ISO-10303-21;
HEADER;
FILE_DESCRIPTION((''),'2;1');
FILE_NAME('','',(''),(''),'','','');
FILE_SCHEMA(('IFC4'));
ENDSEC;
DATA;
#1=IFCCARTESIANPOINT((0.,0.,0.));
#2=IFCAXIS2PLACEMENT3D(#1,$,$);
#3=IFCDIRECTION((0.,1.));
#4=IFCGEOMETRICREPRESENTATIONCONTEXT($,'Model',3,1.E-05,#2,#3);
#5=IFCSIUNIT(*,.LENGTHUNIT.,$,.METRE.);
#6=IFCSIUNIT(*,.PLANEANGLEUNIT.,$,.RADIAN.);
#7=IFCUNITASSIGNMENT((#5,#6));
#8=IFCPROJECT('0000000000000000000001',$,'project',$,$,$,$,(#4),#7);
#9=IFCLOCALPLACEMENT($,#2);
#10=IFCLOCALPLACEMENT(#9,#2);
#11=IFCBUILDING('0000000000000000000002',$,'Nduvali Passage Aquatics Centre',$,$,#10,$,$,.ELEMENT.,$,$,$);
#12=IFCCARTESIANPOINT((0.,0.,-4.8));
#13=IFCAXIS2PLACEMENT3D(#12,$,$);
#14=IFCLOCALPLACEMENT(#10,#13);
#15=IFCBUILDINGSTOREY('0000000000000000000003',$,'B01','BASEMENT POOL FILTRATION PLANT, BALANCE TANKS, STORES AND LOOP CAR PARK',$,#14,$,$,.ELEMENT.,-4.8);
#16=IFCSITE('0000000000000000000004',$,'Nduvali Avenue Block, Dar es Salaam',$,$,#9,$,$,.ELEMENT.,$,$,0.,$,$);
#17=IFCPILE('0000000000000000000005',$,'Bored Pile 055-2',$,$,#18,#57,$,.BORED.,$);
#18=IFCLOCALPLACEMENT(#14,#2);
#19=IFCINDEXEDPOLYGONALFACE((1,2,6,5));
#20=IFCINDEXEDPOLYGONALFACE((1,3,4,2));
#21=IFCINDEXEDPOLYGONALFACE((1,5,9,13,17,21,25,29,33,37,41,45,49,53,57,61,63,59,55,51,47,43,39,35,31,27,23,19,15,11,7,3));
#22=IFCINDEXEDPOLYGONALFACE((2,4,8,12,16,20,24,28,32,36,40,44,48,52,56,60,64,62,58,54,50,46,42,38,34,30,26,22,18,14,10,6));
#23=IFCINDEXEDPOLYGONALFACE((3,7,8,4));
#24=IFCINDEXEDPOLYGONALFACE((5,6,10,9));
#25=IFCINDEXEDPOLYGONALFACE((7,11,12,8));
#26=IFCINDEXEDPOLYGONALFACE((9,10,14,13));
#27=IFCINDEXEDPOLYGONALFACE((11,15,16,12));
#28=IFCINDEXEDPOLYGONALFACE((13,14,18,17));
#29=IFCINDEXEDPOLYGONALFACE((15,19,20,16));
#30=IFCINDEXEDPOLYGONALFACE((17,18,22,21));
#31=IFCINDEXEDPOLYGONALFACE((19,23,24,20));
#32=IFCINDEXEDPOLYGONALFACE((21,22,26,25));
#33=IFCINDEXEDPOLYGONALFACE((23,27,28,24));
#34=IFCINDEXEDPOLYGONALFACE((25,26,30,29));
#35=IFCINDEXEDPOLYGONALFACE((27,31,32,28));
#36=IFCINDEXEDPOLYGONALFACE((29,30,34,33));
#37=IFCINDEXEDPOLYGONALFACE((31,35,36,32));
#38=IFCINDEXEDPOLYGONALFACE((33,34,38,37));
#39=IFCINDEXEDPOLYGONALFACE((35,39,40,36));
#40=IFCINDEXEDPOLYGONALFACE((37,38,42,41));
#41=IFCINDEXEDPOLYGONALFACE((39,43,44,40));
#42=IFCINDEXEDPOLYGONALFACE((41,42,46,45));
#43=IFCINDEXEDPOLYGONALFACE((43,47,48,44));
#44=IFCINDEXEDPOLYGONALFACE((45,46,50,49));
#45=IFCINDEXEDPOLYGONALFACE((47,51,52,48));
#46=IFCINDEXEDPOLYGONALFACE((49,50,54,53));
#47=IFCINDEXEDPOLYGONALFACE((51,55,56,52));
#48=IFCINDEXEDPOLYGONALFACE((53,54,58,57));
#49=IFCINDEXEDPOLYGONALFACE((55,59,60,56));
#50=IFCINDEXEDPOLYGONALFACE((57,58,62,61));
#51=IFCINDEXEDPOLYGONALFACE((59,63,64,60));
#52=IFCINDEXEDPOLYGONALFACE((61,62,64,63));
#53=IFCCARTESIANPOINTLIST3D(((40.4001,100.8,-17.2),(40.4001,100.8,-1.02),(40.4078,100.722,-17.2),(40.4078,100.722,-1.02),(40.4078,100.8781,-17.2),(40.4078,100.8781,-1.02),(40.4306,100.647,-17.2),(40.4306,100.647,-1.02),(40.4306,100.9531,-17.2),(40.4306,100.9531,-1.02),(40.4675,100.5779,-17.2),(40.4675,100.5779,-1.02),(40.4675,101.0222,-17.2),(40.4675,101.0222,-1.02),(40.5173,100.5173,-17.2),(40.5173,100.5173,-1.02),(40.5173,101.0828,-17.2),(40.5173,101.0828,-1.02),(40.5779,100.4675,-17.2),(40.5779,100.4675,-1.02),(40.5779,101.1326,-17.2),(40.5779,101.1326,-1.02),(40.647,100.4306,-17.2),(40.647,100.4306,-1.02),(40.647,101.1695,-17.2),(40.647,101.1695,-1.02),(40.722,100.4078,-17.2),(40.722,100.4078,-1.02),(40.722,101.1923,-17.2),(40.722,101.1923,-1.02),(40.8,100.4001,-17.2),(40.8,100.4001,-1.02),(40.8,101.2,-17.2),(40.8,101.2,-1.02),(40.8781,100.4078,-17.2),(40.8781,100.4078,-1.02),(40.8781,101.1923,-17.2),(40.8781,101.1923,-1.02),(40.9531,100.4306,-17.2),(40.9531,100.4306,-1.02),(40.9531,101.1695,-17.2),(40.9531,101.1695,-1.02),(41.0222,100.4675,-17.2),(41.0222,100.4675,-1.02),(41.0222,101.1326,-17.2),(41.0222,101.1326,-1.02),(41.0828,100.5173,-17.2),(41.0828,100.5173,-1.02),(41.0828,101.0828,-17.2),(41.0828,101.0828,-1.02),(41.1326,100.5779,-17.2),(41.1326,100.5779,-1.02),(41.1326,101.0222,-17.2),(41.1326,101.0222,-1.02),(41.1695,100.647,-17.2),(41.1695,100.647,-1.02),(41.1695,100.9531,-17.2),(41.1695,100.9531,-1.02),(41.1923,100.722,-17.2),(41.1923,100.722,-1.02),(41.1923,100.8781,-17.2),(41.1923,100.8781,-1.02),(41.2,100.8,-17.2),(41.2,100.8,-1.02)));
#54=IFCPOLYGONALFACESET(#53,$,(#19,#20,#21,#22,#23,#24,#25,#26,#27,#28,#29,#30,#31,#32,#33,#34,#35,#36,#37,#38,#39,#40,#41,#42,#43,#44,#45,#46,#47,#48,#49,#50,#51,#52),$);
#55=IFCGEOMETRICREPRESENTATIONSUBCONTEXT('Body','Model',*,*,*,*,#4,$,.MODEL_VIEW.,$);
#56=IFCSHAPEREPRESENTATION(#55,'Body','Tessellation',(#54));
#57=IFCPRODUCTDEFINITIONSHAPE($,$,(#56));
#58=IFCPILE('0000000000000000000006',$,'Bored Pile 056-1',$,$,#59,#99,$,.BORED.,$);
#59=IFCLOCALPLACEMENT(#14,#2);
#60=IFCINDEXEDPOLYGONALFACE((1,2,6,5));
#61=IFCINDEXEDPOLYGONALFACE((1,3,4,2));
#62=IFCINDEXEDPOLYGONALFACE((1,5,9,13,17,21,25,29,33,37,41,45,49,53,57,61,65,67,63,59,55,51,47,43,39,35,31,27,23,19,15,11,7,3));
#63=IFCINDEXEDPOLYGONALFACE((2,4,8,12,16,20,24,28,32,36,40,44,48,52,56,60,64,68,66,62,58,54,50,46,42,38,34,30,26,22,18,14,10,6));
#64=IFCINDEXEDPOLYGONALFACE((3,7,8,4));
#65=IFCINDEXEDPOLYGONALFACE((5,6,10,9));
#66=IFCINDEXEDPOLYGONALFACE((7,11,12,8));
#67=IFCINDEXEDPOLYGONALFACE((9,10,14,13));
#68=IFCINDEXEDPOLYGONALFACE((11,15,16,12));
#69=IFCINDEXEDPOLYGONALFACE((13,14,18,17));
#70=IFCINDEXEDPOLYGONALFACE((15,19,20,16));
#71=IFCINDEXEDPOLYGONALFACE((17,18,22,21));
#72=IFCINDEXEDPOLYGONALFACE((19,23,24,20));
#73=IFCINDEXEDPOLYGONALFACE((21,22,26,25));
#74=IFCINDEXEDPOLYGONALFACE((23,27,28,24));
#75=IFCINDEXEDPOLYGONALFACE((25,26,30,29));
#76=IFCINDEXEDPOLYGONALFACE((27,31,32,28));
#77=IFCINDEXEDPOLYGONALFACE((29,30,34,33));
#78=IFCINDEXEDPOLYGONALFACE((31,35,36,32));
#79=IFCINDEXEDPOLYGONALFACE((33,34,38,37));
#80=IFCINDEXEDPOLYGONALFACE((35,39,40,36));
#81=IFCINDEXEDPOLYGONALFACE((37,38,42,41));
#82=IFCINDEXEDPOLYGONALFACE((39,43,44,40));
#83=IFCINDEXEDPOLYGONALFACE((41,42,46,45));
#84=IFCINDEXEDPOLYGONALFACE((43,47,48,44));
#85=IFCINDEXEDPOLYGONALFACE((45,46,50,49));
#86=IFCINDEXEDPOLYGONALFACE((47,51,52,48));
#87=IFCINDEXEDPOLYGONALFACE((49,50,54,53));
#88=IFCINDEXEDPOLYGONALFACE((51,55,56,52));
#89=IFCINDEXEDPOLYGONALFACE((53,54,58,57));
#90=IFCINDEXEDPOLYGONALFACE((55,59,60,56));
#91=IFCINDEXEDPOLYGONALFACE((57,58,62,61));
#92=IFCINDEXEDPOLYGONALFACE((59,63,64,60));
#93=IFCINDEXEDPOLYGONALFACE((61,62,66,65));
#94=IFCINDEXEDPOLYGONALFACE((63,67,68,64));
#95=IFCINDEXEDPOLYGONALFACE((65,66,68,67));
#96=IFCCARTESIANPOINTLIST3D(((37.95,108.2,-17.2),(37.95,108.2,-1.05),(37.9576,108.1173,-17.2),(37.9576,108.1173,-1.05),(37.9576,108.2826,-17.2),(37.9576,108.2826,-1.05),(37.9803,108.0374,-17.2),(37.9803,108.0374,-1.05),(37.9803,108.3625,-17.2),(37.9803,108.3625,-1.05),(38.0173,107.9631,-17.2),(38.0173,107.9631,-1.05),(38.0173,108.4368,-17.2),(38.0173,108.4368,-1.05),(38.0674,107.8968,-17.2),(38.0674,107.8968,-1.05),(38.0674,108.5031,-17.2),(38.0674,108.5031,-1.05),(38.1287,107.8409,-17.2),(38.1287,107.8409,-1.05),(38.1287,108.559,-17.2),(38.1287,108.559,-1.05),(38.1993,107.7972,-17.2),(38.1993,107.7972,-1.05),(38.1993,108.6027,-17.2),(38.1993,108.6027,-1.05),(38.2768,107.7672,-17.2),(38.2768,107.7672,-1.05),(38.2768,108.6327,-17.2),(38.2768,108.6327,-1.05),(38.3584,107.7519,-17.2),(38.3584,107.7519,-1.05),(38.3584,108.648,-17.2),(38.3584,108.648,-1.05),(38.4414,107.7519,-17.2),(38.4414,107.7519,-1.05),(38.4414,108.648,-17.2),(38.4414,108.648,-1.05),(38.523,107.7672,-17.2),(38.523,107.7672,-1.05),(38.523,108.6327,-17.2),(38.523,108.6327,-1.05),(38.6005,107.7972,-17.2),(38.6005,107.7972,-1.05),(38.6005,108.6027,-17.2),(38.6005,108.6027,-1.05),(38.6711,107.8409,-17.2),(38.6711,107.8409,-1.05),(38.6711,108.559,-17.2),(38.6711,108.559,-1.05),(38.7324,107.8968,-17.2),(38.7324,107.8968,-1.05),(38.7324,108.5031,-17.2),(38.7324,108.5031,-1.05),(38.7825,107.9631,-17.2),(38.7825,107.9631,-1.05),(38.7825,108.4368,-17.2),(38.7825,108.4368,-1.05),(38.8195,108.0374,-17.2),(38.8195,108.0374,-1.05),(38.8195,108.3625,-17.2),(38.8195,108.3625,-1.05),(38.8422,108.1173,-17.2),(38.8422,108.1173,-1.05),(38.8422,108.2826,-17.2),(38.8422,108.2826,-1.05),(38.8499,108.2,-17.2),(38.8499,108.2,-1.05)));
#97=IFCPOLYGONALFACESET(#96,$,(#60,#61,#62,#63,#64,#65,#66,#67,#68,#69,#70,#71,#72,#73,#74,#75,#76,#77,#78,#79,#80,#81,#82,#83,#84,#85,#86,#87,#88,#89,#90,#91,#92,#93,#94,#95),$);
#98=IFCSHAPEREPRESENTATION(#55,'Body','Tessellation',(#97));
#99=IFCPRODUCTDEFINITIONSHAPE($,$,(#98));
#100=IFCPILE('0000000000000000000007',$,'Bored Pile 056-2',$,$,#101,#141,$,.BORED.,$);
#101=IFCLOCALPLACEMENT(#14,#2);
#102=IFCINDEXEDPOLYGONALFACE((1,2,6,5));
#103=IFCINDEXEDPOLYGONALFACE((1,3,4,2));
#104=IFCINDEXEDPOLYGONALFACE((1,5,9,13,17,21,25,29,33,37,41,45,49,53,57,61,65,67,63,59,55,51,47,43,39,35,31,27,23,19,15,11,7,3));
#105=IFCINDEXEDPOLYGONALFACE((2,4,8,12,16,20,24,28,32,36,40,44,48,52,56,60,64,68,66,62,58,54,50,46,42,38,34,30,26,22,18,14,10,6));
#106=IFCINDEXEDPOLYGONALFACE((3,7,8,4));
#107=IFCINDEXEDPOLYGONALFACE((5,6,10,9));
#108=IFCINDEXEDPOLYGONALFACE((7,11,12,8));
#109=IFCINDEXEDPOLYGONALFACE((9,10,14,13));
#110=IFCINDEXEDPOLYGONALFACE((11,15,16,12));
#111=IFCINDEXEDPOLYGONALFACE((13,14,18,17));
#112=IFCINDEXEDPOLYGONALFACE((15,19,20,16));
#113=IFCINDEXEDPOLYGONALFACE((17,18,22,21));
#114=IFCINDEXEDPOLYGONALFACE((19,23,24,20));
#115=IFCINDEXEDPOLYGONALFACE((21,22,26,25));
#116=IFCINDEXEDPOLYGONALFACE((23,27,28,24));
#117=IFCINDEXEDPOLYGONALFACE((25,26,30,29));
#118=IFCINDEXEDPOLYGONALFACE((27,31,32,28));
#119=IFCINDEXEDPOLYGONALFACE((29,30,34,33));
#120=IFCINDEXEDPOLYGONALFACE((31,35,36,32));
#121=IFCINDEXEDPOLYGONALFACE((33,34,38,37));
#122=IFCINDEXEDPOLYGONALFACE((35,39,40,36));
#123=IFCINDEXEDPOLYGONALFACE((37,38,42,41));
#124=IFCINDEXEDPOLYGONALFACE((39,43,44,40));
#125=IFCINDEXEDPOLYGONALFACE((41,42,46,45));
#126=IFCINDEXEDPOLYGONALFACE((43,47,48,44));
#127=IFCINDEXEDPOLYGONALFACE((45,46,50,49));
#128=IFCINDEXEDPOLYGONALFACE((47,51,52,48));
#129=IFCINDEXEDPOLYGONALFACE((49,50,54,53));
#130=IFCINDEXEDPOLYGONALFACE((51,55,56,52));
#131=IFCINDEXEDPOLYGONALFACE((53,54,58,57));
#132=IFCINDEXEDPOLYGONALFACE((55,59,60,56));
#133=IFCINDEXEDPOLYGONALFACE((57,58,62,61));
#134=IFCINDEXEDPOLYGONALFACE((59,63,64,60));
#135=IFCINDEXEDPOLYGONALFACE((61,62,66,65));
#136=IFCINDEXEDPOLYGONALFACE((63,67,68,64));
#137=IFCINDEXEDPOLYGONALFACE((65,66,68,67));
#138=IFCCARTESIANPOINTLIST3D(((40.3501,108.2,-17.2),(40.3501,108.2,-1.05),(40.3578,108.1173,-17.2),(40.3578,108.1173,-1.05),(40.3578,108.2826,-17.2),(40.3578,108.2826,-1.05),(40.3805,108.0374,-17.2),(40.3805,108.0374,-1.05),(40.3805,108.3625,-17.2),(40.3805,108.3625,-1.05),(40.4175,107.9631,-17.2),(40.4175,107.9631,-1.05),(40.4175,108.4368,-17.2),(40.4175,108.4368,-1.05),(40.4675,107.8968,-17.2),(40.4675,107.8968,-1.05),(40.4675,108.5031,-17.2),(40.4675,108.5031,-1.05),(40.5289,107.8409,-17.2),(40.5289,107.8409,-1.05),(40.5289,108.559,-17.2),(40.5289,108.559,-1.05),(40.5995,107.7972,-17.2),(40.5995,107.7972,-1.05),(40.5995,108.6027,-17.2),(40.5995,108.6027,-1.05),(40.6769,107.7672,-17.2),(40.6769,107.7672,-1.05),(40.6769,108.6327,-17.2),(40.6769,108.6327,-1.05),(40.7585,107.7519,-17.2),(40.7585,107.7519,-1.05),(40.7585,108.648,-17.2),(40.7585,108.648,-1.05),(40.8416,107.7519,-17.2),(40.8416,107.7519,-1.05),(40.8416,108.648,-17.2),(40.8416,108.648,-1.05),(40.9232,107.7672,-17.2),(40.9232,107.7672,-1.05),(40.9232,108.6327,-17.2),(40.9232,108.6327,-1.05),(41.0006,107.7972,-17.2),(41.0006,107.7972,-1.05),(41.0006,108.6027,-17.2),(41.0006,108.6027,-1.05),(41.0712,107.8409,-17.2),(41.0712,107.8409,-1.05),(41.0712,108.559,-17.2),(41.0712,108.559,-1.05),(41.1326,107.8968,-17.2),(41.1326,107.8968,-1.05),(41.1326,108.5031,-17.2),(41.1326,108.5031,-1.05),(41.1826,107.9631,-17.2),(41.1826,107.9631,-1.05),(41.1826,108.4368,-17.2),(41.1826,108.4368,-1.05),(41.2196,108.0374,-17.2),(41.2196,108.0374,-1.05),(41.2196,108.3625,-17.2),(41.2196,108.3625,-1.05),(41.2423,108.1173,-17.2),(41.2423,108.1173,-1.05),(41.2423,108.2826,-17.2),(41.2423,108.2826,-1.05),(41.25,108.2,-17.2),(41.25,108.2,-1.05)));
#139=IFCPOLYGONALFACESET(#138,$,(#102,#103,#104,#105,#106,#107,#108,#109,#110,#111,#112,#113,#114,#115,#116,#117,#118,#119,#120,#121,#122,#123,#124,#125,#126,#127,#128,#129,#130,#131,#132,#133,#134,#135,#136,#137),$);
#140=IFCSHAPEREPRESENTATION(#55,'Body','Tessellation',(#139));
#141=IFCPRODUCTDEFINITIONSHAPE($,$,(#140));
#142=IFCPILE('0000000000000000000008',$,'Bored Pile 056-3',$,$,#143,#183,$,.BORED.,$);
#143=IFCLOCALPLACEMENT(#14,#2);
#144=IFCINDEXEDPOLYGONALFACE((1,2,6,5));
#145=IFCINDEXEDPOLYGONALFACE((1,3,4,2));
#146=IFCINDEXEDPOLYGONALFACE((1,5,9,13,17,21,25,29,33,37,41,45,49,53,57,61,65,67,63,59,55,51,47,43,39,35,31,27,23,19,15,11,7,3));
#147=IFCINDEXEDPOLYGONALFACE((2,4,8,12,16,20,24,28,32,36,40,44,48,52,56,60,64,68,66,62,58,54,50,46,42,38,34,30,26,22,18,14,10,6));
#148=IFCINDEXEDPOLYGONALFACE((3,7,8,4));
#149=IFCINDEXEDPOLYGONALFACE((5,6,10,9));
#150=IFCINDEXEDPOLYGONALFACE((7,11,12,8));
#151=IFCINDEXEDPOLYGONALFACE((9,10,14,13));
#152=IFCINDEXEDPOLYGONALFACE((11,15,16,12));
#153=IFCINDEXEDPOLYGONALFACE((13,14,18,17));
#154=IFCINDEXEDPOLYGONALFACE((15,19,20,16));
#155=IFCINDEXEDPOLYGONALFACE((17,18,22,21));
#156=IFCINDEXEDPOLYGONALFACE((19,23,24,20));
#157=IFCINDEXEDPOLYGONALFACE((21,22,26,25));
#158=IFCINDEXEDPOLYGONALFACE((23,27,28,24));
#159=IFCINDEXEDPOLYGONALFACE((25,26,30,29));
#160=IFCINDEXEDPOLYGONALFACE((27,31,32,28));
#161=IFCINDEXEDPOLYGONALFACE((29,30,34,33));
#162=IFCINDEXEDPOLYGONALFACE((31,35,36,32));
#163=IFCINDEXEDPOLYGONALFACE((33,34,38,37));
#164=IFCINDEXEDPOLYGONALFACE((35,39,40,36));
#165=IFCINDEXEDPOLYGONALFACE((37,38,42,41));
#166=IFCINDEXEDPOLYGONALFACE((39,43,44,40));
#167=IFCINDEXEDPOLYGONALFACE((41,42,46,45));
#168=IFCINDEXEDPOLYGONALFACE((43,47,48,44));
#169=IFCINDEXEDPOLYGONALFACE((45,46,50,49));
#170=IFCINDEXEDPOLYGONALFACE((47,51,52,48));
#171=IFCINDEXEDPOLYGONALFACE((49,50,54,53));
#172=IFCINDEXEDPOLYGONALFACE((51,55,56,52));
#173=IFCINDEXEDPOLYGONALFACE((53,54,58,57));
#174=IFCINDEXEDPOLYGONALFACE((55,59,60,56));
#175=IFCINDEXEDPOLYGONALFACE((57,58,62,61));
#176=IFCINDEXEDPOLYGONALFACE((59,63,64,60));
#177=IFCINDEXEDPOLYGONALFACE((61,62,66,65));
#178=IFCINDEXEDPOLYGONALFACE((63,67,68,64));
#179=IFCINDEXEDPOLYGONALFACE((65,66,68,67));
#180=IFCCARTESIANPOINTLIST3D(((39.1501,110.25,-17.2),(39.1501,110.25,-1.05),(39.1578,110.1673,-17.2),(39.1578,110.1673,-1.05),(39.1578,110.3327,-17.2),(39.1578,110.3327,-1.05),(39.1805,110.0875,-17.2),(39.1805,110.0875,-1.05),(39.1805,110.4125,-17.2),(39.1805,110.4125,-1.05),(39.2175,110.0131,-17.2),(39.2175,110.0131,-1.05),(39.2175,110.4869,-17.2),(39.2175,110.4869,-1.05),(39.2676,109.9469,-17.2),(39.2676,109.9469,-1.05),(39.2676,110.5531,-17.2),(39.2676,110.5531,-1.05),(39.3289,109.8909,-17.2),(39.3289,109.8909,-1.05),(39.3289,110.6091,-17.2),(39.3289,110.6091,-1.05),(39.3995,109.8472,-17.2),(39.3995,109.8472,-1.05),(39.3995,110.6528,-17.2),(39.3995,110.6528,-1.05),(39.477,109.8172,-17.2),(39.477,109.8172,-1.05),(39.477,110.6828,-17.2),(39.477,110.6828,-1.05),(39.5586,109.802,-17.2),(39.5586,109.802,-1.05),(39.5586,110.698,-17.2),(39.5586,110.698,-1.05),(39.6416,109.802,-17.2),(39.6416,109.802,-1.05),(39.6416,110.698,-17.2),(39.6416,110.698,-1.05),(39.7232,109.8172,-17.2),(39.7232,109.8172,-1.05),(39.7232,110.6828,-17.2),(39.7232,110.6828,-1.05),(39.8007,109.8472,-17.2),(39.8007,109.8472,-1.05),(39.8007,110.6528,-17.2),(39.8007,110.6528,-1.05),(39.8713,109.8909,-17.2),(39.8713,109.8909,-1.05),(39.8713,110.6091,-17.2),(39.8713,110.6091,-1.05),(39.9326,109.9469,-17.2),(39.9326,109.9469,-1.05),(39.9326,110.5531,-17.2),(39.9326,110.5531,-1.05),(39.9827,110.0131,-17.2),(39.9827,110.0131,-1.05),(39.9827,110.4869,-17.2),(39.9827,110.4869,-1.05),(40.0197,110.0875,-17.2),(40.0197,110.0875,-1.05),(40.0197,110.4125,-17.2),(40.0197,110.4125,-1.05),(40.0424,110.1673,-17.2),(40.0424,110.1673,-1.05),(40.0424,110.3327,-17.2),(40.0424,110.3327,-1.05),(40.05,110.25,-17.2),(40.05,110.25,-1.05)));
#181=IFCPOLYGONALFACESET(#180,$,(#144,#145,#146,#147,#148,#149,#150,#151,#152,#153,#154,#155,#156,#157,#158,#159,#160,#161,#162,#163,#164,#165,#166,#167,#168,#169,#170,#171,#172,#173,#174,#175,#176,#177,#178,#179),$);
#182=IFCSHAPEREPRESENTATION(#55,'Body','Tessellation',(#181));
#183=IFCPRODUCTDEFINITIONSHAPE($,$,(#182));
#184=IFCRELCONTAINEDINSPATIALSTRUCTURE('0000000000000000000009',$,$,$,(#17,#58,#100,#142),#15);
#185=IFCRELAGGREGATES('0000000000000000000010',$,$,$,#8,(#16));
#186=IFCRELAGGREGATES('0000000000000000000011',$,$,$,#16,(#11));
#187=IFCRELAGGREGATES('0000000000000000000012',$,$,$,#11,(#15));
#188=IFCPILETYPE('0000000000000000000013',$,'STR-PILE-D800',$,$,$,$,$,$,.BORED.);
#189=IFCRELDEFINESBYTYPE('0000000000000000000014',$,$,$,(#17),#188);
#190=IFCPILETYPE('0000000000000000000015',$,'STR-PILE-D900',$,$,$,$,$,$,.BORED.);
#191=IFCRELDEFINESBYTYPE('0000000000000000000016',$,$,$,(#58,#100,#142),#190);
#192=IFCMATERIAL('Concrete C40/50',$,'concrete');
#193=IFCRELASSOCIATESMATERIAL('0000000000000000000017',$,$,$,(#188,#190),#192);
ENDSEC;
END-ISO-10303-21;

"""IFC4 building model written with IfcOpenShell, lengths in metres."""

from ifc_helpers import new_model, si_unit, direction, frame, origin, origin_2d, place, context, subcontext, project, spatial, circle, extrude, material, material_profile, profile_set, type_object, element, save


model = new_model("IFC4")

# Units and contexts
model_context = context("Model", 3, precision=1e-05, world=origin(), true_north=direction((0.0, 1.0)))
body_context = subcontext(model_context, "Body", "Model", "MODEL_VIEW")
ifc_project = project(units=[si_unit("LENGTHUNIT", "METRE"), si_unit("PLANEANGLEUNIT", "RADIAN")], contexts=[model_context])

# Site, building, storey
site_placement = place(None, origin())
site = spatial("IfcSite", under=ifc_project, at=site_placement, Name="Nduvali Avenue Block, Dar es Salaam", CompositionType="ELEMENT", RefElevation=0.0)
building_placement = place(site_placement, origin())
building = spatial("IfcBuilding", under=site, at=building_placement, Name="Nduvali Passage Aquatics Centre", CompositionType="ELEMENT")
storey_placement = place(building_placement, frame((0.0, 0.0, -4.8)))
storey = spatial("IfcBuildingStorey", under=building, at=storey_placement, Name="B01", Description="BASEMENT POOL FILTRATION PLANT, BALANCE TANKS, STORES AND LOOP CAR PARK", CompositionType="ELEMENT", Elevation=-4.8)

# Shared definitions
ifc_material_1 = material(Name="Concrete C40/50", Category="concrete")

# Piles
ifc_material_profile_1 = material_profile(ifc_material_1, circle(Radius=0.3999, at=origin_2d()), Name="PILE D800")
ifc_profile_set_1 = profile_set([ifc_material_profile_1], Name="Concrete C40/50")
pile_type_1 = type_object("IfcPileType", Name="STR-PILE-D800", PredefinedType="BORED", material=ifc_profile_set_1)
for number, where, z_axis, x_axis, name in (
    (1, (40.8, 100.8, -1.02), (0.0, 0.0, -1.0), (1.0, 0.0, 0.0), "Bored Pile 055-2"),
):
    element("IfcPile", number, at=place(storey_placement, frame(where, z_axis=z_axis, x_axis=x_axis)), inside=storey, type_object=pile_type_1, Name=name, PredefinedType="BORED", context=body_context, shape_type="SweptSolid", body=[
        extrude(circle(Radius=0.3999, at=origin_2d()), origin(), (0.0, 0.0, 1.0), 16.1799),
    ])
ifc_material_profile_2 = material_profile(ifc_material_1, circle(Radius=0.45, at=origin_2d()), Name="PILE D900")
ifc_profile_set_2 = profile_set([ifc_material_profile_2], Name="Concrete C40/50")
pile_type_2 = type_object("IfcPileType", Name="STR-PILE-D900", PredefinedType="BORED", material=ifc_profile_set_2)
for number, where, z_axis, x_axis, name in (
    (2, (38.3999, 108.2, -1.05), (0.0, 0.0, -1.0), (1.0, 0.0, 0.0), "Bored Pile 056-1"),
    (3, (40.8, 108.2, -1.05), (0.0, 0.0, -1.0), (1.0, 0.0, 0.0), "Bored Pile 056-2"),
    (4, (39.6001, 110.25, -1.05), (0.0, 0.0, -1.0), (1.0, 0.0, 0.0), "Bored Pile 056-3"),
):
    element("IfcPile", number, at=place(storey_placement, frame(where, z_axis=z_axis, x_axis=x_axis)), inside=storey, type_object=pile_type_2, Name=name, PredefinedType="BORED", context=body_context, shape_type="SweptSolid", body=[
        extrude(circle(Radius=0.45, at=origin_2d()), origin(), (0.0, 0.0, 1.0), 16.1499),
    ])

save(model, "model.ifc")
